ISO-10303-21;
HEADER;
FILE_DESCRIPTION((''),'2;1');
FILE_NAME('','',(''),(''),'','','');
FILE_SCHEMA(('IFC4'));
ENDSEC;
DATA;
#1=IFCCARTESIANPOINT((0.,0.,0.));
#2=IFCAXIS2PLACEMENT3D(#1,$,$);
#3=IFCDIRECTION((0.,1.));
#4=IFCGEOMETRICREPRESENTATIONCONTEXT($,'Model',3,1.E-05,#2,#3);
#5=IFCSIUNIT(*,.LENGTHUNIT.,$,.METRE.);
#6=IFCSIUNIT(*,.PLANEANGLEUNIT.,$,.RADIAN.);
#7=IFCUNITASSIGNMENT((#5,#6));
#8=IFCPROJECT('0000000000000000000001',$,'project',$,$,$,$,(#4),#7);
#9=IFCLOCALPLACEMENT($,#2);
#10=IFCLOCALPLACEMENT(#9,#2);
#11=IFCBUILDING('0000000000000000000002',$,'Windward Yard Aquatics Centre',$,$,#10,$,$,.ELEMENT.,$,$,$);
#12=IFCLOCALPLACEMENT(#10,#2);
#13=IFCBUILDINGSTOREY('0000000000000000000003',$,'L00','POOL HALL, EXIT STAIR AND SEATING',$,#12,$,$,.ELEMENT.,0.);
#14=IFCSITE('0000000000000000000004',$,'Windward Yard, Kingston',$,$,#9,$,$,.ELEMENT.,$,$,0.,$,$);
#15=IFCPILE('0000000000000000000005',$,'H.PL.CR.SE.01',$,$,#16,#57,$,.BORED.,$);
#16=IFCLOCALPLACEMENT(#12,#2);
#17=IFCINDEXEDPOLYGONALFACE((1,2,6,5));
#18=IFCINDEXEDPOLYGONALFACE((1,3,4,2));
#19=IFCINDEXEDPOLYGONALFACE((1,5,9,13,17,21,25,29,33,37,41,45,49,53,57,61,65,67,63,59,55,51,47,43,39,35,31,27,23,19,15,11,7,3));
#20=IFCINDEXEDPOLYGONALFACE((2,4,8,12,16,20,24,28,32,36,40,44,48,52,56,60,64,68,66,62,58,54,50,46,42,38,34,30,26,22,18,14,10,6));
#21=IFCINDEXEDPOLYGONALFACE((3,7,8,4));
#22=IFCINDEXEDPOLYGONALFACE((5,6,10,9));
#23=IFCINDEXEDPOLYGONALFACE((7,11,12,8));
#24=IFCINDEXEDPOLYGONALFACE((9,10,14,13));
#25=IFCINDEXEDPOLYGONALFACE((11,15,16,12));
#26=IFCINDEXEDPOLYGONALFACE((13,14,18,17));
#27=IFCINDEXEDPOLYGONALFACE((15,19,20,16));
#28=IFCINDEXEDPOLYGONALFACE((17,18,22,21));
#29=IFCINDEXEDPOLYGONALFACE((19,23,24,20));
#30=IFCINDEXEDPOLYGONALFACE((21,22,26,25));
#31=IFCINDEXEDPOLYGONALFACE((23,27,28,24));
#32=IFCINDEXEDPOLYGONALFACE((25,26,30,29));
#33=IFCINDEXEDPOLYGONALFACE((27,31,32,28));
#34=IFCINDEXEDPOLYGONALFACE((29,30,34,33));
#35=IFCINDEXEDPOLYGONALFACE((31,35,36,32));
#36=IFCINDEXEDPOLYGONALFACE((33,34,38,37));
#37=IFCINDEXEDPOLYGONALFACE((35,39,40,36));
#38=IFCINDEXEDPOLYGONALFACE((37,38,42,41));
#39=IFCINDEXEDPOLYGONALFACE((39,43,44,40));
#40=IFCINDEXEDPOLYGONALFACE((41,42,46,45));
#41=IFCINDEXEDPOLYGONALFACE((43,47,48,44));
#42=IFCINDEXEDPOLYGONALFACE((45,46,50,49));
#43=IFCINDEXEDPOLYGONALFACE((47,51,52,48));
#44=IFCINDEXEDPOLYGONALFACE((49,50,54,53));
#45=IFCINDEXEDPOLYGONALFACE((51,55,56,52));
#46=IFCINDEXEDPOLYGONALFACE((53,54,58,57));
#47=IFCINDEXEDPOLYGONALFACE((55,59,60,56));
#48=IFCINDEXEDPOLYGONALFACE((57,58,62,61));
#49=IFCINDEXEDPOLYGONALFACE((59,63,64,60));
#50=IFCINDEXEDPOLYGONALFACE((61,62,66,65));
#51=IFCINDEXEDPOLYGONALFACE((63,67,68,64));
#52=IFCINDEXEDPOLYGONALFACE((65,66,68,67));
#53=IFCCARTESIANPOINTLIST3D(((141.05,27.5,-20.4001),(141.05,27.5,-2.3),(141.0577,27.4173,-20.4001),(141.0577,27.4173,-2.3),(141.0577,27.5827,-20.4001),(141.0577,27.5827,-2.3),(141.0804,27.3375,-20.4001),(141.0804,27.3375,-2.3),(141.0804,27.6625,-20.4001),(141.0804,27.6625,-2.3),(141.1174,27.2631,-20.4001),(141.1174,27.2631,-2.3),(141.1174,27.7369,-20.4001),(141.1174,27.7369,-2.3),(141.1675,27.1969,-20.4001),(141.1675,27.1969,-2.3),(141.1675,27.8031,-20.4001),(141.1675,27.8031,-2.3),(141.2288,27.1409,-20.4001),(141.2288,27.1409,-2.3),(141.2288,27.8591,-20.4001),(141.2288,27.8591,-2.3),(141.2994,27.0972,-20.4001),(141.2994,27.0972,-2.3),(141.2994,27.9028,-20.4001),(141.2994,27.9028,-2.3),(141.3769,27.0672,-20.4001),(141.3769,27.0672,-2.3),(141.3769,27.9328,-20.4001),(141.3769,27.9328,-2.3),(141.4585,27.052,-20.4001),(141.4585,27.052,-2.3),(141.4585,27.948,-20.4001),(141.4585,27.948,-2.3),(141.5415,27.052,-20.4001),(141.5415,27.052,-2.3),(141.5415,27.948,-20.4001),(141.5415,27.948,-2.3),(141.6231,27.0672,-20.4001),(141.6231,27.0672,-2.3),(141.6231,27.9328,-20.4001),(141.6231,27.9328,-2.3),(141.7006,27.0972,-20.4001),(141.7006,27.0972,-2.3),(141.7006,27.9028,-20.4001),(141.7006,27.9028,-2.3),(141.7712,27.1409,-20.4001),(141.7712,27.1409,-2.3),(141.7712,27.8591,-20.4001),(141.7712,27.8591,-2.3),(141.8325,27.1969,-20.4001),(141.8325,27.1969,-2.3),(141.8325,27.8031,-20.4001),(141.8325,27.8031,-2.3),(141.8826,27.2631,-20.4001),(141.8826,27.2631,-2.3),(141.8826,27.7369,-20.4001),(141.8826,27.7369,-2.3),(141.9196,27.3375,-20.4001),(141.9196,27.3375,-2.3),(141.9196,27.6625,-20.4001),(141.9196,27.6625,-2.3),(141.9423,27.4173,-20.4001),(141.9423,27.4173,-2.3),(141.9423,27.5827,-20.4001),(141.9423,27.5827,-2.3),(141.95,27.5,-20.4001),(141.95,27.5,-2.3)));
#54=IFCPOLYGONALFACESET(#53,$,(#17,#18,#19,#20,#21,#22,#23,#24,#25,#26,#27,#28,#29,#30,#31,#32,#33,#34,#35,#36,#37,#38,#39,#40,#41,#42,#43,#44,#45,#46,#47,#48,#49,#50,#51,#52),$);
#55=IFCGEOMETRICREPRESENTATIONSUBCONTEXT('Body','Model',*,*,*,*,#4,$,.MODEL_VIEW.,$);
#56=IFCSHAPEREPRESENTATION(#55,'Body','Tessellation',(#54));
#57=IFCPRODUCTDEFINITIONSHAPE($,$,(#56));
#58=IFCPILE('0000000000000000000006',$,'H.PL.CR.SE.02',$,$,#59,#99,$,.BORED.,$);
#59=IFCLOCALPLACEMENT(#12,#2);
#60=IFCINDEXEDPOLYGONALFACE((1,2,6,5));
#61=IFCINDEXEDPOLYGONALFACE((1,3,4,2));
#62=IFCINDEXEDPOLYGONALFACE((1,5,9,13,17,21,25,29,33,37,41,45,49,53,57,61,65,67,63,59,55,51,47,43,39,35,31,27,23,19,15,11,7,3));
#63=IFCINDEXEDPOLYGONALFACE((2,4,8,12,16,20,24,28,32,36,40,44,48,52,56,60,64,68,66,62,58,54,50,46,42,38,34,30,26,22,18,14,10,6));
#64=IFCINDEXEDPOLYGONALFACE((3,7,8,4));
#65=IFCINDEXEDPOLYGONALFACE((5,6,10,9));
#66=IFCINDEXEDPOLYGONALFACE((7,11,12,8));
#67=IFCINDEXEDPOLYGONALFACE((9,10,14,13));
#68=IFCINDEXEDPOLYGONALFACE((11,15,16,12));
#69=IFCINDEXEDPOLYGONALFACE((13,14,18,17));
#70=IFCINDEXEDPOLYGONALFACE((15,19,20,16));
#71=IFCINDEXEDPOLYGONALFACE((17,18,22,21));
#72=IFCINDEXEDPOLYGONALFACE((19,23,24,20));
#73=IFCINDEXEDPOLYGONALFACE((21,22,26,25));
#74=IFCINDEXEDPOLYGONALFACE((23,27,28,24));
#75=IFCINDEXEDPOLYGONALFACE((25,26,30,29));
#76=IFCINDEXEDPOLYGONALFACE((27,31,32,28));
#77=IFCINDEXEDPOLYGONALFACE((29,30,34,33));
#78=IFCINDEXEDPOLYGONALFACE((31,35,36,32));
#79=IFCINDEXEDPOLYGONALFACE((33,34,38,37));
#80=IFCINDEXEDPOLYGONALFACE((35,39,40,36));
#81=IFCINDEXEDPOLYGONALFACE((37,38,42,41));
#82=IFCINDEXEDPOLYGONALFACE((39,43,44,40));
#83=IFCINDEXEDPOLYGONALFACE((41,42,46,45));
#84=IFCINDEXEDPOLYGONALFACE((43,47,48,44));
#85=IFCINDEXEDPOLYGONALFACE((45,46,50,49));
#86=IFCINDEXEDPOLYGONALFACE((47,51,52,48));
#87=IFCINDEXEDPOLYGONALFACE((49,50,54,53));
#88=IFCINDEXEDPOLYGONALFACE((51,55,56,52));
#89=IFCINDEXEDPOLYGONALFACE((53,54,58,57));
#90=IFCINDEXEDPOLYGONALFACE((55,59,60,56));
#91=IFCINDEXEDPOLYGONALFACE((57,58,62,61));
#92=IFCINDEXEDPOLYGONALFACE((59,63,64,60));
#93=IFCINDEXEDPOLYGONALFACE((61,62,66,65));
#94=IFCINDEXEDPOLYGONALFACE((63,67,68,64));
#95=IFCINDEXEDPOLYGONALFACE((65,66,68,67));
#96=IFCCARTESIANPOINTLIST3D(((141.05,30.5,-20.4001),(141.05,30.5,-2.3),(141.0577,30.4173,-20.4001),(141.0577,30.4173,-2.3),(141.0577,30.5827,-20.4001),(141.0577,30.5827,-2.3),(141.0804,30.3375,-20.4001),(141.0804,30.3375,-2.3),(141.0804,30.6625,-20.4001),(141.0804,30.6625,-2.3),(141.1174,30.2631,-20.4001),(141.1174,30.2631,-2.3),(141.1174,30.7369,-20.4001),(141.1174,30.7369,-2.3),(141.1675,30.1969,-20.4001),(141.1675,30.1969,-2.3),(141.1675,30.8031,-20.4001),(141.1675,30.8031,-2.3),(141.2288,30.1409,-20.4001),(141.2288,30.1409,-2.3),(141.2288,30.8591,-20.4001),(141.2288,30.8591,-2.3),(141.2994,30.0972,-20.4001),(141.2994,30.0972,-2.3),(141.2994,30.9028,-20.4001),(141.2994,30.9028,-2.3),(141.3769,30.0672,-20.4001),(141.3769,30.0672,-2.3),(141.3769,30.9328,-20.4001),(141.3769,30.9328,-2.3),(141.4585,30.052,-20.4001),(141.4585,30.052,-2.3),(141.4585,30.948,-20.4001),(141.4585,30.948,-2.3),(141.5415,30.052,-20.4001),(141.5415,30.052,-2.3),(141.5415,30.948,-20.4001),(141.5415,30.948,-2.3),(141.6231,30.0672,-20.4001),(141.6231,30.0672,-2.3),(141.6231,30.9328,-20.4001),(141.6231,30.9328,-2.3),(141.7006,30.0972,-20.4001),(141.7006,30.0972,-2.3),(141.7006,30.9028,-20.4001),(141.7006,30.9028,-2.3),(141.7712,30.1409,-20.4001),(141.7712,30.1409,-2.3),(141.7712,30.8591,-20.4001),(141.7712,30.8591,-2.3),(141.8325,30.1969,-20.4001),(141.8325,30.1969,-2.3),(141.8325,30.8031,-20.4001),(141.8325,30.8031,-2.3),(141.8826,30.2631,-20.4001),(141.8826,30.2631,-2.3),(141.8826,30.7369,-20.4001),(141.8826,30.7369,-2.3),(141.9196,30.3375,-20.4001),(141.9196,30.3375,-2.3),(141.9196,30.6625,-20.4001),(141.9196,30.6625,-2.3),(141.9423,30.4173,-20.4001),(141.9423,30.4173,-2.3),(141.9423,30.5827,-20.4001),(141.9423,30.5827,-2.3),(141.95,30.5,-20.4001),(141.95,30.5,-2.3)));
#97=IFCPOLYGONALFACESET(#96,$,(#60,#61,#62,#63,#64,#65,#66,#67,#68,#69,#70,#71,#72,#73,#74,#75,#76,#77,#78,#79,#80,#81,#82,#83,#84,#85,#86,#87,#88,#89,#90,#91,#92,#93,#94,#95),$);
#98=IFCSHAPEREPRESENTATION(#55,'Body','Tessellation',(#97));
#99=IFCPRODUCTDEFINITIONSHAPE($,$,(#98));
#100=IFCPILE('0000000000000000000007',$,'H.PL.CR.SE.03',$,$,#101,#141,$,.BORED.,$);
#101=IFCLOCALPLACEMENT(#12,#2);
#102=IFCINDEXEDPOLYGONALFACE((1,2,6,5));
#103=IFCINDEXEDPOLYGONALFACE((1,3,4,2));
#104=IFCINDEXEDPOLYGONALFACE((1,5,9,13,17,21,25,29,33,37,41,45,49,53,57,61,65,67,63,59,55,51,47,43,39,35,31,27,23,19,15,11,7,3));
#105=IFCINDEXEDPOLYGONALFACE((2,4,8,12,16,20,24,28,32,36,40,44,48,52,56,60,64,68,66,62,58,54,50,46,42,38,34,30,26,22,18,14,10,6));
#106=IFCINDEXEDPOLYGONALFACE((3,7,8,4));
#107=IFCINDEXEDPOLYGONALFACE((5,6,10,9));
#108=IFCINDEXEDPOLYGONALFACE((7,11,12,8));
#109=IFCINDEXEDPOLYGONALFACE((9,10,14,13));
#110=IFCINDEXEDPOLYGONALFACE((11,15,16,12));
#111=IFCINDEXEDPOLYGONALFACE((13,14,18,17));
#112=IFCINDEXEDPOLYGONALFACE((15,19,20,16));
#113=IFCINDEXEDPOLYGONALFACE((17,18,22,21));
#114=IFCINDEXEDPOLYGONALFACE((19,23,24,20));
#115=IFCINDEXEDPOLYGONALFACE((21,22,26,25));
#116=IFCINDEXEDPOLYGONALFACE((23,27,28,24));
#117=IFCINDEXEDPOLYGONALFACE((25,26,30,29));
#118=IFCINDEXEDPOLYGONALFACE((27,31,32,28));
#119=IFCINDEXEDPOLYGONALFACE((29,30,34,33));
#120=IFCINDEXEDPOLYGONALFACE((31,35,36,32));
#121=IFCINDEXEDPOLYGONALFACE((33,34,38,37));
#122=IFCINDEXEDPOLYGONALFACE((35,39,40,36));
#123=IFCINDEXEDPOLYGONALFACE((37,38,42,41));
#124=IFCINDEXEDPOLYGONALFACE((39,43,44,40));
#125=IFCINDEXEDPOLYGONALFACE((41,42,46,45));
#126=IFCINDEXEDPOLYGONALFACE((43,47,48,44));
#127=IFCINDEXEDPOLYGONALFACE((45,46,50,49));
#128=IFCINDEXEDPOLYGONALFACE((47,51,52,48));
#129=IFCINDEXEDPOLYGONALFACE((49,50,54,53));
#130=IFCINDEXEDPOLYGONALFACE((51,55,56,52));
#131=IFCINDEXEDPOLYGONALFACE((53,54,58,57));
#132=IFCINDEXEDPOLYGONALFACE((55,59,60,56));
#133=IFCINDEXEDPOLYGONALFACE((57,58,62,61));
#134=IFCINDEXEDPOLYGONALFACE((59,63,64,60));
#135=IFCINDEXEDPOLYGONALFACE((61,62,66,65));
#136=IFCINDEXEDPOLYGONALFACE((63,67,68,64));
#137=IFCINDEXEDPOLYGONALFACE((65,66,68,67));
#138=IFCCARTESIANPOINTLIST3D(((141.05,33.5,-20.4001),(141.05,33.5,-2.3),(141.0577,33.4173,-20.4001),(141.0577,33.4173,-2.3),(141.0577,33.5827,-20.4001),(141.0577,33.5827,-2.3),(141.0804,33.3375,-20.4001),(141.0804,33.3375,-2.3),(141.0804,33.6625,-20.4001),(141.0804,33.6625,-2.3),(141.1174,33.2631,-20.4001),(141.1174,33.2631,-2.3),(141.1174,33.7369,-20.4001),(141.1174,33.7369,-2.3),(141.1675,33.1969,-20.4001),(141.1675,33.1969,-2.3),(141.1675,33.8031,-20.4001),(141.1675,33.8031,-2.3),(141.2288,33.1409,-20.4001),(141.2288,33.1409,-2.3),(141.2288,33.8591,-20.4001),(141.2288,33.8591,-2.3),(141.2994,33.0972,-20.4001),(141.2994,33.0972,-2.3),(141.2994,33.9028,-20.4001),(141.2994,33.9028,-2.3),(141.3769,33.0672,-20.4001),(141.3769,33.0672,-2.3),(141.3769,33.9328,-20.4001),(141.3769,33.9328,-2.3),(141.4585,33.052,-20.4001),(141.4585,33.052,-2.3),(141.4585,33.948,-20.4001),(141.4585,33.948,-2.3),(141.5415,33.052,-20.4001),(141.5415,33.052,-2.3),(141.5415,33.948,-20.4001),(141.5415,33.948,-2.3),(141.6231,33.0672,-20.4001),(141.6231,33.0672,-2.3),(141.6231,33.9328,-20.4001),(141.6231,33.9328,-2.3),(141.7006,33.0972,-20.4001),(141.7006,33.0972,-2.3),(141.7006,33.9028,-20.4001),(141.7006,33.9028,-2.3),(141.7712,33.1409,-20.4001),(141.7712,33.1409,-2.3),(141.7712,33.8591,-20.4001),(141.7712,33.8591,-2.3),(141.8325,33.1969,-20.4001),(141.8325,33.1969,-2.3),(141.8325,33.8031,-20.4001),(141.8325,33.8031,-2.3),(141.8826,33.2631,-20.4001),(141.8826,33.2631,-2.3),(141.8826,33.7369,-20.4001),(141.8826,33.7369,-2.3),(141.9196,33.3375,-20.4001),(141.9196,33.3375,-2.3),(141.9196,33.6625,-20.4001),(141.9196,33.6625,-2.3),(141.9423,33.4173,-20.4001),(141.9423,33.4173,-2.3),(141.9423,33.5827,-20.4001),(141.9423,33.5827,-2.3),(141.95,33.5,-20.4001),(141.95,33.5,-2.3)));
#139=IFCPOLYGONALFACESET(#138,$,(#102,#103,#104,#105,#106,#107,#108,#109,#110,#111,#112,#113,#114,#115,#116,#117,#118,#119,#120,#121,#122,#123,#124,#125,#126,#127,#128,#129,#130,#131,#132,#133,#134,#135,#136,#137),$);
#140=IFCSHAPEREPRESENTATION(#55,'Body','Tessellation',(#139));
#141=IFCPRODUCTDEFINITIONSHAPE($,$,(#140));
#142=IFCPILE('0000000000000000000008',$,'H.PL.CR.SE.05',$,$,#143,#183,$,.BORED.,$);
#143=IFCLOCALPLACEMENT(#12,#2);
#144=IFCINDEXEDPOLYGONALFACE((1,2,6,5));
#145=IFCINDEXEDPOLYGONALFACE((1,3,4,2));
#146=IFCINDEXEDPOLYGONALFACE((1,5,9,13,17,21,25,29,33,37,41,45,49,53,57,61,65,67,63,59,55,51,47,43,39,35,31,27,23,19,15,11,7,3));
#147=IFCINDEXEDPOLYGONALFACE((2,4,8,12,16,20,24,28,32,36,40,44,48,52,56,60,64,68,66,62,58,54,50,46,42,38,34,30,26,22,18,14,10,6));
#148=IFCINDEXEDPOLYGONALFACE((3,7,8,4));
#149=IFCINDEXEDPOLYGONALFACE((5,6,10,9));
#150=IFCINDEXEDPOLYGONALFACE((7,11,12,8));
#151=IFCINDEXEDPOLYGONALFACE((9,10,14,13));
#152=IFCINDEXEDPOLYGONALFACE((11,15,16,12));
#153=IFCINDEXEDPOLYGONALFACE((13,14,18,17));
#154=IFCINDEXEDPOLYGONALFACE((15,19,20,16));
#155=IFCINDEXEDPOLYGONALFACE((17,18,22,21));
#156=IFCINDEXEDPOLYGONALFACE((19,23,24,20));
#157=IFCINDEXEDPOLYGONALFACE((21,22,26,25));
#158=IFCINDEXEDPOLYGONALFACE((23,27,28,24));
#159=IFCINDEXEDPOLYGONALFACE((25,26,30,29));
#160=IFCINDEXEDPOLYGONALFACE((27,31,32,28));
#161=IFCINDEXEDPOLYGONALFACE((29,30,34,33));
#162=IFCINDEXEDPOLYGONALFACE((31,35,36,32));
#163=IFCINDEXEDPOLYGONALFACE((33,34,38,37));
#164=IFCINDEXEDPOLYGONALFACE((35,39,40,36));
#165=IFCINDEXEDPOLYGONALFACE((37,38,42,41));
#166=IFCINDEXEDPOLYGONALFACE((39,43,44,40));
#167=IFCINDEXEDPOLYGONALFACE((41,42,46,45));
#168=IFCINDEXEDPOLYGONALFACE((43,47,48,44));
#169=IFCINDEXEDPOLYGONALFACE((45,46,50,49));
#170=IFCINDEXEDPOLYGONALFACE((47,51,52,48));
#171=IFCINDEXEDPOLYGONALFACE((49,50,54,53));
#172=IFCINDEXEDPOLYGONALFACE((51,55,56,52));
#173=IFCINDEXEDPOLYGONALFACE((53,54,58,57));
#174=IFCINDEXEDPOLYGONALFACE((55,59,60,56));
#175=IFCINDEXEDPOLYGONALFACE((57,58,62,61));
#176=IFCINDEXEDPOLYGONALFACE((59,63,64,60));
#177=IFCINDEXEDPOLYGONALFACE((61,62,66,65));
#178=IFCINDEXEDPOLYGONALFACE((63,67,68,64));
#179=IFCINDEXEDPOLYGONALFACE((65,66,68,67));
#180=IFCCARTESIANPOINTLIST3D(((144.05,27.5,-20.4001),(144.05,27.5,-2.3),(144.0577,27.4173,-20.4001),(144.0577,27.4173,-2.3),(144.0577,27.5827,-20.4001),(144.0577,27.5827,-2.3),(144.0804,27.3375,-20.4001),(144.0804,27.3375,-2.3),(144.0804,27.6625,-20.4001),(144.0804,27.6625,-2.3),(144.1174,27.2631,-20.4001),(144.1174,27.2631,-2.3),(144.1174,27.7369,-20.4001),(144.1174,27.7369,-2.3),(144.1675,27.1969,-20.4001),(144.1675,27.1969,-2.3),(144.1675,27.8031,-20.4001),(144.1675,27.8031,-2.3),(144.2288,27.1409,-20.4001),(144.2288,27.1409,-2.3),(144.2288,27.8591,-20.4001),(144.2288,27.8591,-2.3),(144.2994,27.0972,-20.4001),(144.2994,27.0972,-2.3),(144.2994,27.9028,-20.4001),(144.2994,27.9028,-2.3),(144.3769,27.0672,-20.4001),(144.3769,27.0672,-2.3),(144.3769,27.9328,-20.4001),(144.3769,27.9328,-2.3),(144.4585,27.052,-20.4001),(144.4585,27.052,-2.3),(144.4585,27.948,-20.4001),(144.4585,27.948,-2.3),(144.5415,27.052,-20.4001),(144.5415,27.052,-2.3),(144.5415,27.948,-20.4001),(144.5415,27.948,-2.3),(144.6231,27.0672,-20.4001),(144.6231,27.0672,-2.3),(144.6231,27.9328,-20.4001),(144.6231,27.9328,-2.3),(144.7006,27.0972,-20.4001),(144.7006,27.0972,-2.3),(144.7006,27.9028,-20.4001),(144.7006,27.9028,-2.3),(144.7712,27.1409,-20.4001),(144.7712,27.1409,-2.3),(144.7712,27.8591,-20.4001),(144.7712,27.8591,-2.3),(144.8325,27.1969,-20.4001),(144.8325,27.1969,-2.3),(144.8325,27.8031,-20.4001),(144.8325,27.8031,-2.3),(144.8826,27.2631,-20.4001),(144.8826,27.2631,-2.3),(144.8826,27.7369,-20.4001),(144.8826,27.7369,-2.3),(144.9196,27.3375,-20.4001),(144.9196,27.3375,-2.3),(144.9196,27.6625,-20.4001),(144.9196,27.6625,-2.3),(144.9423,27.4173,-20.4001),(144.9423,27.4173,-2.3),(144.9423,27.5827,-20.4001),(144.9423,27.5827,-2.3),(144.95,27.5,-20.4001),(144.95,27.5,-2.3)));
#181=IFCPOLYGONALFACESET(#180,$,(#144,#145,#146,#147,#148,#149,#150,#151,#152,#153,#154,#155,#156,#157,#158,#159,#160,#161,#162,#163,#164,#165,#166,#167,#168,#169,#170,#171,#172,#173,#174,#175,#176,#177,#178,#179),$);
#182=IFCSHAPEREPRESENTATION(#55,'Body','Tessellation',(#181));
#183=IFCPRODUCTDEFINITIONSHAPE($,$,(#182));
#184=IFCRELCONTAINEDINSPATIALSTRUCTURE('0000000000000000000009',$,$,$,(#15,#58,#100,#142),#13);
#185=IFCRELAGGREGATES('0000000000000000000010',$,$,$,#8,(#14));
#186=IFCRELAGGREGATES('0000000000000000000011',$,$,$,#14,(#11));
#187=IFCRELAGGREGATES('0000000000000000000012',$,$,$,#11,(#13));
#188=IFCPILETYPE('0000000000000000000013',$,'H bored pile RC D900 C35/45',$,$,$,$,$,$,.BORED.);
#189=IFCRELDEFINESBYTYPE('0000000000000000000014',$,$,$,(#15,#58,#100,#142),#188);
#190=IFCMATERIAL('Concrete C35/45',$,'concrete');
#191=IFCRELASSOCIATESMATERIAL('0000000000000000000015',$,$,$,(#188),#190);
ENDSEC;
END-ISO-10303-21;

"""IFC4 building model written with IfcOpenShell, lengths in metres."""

from ifc_helpers import new_model, si_unit, direction, frame, origin, origin_2d, place, context, subcontext, project, spatial, circle, extrude, material, material_profile, profile_set, type_object, element, save


model = new_model("IFC4")

# Units and contexts
model_context = context("Model", 3, precision=1e-05, world=origin(), true_north=direction((0.0, 1.0)))
body_context = subcontext(model_context, "Body", "Model", "MODEL_VIEW")
ifc_project = project(units=[si_unit("LENGTHUNIT", "METRE"), si_unit("PLANEANGLEUNIT", "RADIAN")], contexts=[model_context])

# Site, building, storey
site_placement = place(None, origin())
site = spatial("IfcSite", under=ifc_project, at=site_placement, Name="Windward Yard, Kingston", CompositionType="ELEMENT", RefElevation=0.0)
building_placement = place(site_placement, origin())
building = spatial("IfcBuilding", under=site, at=building_placement, Name="Windward Yard Aquatics Centre", CompositionType="ELEMENT")
storey_placement = place(building_placement, origin())
storey = spatial("IfcBuildingStorey", under=building, at=storey_placement, Name="L00", Description="POOL HALL, EXIT STAIR AND SEATING", CompositionType="ELEMENT", Elevation=0.0)

# Piles
ifc_material_1 = material(Name="Concrete C35/45", Category="concrete")
ifc_material_profile = material_profile(ifc_material_1, circle(Radius=0.45, at=origin_2d()), Name="RC D900")
ifc_profile_set = profile_set([ifc_material_profile], Name="Concrete C35/45")
pile_type = type_object("IfcPileType", Name="H bored pile RC D900 C35/45", PredefinedType="BORED", material=ifc_profile_set)
for number, where, z_axis, x_axis, name in (
    (1, (141.5, 27.5, -2.3), (0.0, 0.0, -1.0), (1.0, 0.0, 0.0), "H.PL.CR.SE.01"),
    (2, (141.5, 30.5, -2.3), (0.0, 0.0, -1.0), (1.0, 0.0, 0.0), "H.PL.CR.SE.02"),
    (3, (141.5, 33.5, -2.3), (0.0, 0.0, -1.0), (1.0, 0.0, 0.0), "H.PL.CR.SE.03"),
    (4, (144.5, 27.5, -2.3), (0.0, 0.0, -1.0), (1.0, 0.0, 0.0), "H.PL.CR.SE.05"),
):
    element("IfcPile", number, at=place(storey_placement, frame(where, z_axis=z_axis, x_axis=x_axis)), inside=storey, type_object=pile_type, Name=name, PredefinedType="BORED", context=body_context, shape_type="SweptSolid", body=[
        extrude(circle(Radius=0.45, at=origin_2d()), origin(), (0.0, 0.0, 1.0), 18.1001),
    ])

save(model, "model.ifc")
